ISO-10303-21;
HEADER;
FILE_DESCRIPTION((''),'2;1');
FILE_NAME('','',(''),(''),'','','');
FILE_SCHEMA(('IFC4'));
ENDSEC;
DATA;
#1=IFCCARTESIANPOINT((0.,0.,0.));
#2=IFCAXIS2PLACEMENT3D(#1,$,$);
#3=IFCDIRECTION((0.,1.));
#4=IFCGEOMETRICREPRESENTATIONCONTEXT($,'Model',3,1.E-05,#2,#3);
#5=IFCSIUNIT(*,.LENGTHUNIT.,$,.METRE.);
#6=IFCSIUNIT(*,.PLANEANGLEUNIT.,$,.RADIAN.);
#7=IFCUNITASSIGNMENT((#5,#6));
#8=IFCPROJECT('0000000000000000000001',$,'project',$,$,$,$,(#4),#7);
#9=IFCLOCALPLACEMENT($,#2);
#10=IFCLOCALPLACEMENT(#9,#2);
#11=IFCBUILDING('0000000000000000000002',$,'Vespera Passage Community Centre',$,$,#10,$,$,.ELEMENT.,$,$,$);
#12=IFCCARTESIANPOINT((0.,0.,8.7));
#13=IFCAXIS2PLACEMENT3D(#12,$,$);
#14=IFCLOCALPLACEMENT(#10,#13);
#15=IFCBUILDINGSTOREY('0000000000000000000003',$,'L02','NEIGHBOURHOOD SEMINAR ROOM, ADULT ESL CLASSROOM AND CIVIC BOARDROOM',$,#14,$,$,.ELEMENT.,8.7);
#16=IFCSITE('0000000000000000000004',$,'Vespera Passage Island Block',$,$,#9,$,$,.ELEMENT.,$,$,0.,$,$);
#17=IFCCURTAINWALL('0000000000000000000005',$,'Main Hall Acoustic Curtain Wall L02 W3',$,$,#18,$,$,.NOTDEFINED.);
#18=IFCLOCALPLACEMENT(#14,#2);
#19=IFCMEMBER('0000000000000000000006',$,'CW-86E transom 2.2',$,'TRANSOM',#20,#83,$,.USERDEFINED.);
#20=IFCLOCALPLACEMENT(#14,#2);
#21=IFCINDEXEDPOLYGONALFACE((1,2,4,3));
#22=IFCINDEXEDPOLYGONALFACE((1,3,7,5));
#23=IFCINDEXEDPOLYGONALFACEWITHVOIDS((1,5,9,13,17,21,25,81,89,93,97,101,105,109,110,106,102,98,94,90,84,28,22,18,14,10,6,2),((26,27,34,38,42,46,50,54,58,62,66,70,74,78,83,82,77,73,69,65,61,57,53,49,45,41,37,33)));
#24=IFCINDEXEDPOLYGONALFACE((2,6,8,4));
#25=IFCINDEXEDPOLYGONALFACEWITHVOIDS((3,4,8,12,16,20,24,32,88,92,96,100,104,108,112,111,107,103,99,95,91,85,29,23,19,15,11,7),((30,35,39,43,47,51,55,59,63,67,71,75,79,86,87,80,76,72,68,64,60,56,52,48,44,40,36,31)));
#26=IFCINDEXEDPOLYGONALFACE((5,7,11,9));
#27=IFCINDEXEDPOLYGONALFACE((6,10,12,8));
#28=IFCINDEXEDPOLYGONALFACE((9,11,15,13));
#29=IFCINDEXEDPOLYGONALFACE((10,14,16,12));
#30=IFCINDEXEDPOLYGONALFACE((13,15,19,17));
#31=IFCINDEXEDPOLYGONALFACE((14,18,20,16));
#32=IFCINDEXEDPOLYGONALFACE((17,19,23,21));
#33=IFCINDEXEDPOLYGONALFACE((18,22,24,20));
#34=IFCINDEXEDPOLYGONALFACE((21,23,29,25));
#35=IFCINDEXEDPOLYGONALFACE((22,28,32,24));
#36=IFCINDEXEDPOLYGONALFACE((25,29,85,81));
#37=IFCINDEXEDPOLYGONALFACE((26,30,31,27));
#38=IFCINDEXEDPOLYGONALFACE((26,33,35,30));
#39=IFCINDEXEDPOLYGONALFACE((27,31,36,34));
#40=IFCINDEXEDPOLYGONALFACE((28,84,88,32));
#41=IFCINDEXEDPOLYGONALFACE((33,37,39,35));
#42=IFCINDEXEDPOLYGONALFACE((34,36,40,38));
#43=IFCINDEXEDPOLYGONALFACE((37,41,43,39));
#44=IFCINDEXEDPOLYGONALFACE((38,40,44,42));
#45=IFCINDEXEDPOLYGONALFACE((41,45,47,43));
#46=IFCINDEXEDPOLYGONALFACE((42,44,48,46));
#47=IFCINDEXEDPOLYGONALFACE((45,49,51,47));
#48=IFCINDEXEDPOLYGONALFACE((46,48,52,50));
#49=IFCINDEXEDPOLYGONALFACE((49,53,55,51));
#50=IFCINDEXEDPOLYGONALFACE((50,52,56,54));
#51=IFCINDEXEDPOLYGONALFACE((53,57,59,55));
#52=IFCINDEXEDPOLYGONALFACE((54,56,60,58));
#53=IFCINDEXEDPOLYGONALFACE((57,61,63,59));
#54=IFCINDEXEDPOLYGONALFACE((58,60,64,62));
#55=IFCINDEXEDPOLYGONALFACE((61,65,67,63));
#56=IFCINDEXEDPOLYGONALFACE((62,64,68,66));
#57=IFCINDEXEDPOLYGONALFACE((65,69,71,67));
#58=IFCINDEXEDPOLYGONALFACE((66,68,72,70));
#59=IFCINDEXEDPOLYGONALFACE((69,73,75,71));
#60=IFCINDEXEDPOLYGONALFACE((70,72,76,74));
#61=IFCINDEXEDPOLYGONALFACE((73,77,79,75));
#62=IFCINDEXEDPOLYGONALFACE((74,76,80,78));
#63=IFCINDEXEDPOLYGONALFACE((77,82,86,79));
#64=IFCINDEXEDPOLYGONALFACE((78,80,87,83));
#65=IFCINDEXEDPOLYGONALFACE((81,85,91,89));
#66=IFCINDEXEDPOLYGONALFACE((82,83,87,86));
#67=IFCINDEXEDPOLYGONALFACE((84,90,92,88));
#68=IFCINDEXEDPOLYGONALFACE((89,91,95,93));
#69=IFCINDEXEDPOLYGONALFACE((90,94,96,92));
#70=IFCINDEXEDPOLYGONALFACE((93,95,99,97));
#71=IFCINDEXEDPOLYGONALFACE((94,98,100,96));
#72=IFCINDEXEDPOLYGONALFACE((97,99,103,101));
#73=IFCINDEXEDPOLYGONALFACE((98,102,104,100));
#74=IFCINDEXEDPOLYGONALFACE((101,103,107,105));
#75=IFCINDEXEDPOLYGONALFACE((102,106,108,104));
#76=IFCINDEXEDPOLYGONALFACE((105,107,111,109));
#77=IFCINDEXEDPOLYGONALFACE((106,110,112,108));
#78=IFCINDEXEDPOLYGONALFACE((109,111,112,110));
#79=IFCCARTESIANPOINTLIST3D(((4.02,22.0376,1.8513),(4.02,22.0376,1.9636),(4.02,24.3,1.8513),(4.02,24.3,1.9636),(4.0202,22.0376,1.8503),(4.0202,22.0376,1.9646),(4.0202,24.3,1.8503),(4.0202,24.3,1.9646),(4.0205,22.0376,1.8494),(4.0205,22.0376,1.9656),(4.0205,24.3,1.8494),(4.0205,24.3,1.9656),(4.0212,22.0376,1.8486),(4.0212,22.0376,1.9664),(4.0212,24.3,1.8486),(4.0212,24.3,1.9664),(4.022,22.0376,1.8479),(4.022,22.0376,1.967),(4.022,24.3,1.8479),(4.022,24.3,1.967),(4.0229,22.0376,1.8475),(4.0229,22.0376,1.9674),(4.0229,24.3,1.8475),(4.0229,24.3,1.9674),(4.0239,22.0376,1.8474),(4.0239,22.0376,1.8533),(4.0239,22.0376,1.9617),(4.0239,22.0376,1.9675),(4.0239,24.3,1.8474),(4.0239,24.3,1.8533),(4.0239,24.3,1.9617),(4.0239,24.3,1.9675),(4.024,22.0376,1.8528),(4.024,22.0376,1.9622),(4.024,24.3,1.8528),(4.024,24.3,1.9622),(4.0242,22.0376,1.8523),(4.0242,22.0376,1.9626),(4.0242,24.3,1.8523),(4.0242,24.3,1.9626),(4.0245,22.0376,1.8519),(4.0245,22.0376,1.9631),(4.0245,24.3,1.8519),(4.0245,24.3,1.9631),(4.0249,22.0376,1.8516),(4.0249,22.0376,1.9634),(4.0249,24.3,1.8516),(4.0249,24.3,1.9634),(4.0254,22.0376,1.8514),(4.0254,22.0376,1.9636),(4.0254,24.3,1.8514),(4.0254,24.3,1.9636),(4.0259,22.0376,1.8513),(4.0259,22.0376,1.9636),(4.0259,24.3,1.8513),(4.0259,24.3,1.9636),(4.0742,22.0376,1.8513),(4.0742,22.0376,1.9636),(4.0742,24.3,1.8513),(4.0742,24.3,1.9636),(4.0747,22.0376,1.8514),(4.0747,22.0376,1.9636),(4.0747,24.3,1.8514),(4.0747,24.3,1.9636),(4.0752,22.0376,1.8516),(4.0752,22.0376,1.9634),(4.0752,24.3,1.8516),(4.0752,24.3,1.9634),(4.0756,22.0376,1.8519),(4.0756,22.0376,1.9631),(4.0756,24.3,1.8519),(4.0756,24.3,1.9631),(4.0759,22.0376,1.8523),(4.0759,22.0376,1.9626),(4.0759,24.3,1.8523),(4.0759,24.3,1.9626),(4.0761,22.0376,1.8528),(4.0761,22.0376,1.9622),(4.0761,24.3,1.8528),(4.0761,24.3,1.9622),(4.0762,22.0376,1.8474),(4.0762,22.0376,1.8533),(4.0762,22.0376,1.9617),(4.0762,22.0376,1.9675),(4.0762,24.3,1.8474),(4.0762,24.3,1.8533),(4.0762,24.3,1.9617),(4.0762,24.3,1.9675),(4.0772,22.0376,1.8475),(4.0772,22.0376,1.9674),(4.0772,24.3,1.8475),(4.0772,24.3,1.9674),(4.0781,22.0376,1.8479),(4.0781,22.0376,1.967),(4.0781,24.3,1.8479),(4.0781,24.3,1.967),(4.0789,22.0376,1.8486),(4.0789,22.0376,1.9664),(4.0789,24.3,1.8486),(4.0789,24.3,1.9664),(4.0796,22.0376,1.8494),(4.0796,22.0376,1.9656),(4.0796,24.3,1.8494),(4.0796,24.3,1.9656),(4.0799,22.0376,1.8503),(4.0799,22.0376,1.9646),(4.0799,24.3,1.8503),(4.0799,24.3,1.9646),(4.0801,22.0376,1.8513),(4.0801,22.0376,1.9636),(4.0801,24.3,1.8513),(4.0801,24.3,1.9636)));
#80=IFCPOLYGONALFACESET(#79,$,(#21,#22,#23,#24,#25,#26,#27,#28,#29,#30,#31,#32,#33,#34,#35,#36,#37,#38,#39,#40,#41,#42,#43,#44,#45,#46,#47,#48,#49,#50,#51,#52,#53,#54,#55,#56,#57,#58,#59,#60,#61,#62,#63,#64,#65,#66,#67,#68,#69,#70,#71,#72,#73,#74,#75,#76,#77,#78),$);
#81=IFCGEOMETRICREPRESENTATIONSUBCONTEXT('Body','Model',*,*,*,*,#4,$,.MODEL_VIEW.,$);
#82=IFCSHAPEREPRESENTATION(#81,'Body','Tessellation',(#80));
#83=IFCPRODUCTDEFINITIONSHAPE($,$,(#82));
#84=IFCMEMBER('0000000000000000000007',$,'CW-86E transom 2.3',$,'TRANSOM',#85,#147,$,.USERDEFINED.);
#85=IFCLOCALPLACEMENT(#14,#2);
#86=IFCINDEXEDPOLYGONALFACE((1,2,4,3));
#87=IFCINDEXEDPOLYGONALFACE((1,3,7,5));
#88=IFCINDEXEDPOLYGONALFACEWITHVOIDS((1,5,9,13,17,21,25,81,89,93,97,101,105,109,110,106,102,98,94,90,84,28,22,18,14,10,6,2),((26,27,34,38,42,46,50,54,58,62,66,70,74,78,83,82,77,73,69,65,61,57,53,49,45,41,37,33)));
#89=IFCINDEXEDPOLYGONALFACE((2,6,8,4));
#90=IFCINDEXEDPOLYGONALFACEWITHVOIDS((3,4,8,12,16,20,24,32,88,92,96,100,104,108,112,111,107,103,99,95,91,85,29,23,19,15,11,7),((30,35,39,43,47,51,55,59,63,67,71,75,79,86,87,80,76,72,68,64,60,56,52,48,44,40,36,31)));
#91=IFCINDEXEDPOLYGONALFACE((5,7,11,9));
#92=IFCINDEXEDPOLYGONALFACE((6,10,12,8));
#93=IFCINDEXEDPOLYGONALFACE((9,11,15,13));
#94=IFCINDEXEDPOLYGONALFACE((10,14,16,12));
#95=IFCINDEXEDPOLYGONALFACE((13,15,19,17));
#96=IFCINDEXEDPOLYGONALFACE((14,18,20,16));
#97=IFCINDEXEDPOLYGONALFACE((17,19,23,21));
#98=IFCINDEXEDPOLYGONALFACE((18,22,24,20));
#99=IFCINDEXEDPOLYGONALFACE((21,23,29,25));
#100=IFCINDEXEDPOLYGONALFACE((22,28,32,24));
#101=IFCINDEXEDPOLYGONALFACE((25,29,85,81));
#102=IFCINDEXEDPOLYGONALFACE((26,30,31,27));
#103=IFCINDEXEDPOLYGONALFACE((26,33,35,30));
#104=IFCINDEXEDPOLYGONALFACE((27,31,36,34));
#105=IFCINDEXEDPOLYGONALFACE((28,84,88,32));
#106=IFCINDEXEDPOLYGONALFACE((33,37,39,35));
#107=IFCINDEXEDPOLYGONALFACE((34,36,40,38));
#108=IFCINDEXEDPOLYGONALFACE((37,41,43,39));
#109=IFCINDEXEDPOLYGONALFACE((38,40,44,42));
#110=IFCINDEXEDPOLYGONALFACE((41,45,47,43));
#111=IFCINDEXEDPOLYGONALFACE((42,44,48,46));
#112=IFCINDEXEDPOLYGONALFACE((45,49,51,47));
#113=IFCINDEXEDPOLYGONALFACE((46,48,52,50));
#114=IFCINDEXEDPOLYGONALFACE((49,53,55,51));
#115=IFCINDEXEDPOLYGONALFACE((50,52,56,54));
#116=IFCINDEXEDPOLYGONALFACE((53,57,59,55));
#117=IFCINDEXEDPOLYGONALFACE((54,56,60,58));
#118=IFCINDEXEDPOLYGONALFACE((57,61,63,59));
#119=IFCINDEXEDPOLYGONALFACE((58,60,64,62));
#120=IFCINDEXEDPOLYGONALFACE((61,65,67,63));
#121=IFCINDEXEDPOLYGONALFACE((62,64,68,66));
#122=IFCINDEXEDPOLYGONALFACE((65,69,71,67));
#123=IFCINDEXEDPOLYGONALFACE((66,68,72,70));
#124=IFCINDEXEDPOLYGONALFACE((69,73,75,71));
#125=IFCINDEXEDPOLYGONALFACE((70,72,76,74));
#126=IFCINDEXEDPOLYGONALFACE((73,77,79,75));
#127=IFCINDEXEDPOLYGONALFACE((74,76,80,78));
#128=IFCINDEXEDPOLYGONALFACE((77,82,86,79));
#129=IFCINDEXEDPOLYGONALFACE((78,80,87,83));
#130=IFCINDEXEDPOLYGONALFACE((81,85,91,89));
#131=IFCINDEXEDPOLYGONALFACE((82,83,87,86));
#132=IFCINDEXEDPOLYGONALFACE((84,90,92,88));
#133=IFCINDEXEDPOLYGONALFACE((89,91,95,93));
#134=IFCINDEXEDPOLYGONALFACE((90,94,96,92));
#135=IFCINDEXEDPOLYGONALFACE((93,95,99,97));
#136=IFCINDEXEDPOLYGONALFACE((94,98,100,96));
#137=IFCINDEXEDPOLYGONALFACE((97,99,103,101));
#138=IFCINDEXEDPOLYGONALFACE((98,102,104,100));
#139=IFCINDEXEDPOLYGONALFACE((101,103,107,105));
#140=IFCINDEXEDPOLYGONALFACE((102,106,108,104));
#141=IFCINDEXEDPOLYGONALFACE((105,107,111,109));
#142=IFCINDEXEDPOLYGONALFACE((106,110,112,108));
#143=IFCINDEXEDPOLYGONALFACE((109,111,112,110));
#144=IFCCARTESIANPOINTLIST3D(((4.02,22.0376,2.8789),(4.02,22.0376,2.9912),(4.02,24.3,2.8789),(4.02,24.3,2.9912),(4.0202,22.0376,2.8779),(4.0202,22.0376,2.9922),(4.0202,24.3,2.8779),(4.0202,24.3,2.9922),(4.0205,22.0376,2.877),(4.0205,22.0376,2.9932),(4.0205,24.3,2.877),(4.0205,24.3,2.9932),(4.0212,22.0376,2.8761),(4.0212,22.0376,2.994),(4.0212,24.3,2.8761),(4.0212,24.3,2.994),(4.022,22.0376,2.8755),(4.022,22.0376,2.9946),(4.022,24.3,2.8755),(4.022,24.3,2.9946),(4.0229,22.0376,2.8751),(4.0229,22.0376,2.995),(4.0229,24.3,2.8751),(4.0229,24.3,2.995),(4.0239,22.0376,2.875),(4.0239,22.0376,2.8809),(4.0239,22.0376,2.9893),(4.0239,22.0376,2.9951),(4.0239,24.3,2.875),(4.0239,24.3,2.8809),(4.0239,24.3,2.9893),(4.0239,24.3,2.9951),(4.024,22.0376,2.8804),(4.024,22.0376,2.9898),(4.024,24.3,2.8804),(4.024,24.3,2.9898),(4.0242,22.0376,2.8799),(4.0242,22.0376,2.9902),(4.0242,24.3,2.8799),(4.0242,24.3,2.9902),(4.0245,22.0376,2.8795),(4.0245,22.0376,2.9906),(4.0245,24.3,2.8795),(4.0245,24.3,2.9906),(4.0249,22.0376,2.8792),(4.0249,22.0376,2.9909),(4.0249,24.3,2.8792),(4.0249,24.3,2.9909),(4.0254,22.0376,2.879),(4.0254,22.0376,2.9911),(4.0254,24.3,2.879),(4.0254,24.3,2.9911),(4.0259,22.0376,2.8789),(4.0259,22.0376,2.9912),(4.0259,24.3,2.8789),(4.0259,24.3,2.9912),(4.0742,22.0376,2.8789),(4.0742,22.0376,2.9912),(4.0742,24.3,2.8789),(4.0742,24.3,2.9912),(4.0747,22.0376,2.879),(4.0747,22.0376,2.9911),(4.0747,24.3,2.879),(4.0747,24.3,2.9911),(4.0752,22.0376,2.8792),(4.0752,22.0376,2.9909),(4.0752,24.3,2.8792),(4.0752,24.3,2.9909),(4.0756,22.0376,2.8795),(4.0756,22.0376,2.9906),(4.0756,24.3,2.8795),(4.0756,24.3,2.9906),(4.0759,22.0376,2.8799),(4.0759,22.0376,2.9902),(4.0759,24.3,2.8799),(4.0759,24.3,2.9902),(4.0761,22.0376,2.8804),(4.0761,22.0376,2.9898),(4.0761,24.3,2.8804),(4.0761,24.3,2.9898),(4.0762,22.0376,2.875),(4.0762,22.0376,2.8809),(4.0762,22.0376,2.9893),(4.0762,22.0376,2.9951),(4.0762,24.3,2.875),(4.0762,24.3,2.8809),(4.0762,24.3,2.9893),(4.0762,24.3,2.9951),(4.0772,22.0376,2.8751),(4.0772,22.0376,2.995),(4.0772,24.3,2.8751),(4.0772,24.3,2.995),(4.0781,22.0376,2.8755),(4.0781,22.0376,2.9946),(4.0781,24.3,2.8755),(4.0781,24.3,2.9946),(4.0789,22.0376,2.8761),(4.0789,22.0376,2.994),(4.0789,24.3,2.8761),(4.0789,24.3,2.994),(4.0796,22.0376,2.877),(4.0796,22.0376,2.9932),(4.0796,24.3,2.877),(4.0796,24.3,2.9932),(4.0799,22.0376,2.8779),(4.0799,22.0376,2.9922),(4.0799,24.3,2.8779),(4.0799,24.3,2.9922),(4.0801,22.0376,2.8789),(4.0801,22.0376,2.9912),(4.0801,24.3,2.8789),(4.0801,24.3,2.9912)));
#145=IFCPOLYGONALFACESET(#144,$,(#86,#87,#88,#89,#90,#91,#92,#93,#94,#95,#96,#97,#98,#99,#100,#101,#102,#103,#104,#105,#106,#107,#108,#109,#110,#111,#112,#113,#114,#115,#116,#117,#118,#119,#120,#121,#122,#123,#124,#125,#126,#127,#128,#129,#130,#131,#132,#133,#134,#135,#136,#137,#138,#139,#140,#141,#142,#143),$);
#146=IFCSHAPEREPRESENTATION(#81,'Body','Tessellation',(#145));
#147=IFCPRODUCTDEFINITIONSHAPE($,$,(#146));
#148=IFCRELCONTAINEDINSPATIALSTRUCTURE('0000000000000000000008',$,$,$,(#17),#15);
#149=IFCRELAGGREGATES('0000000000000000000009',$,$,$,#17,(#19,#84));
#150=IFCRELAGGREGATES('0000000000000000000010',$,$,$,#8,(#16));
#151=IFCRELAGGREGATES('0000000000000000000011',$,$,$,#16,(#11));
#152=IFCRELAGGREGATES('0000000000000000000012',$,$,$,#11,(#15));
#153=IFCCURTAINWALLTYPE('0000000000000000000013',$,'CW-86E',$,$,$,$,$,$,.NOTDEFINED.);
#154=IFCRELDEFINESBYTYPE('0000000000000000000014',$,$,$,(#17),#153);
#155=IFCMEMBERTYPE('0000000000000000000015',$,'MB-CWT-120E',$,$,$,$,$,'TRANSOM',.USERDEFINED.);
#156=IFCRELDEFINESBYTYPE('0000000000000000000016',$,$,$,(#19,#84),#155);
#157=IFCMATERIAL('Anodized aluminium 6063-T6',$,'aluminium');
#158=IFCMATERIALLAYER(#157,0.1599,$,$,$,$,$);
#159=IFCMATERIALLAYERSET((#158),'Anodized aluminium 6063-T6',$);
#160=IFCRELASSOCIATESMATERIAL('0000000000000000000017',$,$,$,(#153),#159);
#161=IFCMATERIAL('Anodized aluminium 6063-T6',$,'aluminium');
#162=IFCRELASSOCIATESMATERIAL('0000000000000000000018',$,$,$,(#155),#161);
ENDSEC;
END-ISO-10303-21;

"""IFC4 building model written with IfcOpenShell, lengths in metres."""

from ifc_helpers import new_model, si_unit, direction, frame, origin, origin_2d, place, context, subcontext, project, spatial, hollow_rectangle, extrude, material, layer, layer_set, material_profile, profile_set, type_object, element, aggregate, save


model = new_model("IFC4")

# Units and contexts
model_context = context("Model", 3, precision=1e-05, world=origin(), true_north=direction((0.0, 1.0)))
body_context = subcontext(model_context, "Body", "Model", "MODEL_VIEW")
ifc_project = project(units=[si_unit("LENGTHUNIT", "METRE"), si_unit("PLANEANGLEUNIT", "RADIAN")], contexts=[model_context])

# Site, building, storey
site_placement = place(None, origin())
site = spatial("IfcSite", under=ifc_project, at=site_placement, Name="Vespera Passage Island Block", CompositionType="ELEMENT", RefElevation=0.0)
building_placement = place(site_placement, origin())
building = spatial("IfcBuilding", under=site, at=building_placement, Name="Vespera Passage Community Centre", CompositionType="ELEMENT")
storey_placement = place(building_placement, frame((0.0, 0.0, 8.7)))
storey = spatial("IfcBuildingStorey", under=building, at=storey_placement, Name="L02", Description="NEIGHBOURHOOD SEMINAR ROOM, ADULT ESL CLASSROOM AND CIVIC BOARDROOM", CompositionType="ELEMENT", Elevation=8.7)

# Shared definitions
ifc_material_1 = material(Name="Anodized aluminium 6063-T6", Category="aluminium")
ifc_layer_1 = layer(ifc_material_1, 0.1599)
ifc_layer_set_1 = layer_set([ifc_layer_1], Name="Anodized aluminium 6063-T6")
curtain_wall_type = type_object("IfcCurtainWallType", Name="CW-86E", PredefinedType="NOTDEFINED", material=ifc_layer_set_1)

# Curtain wall
curtain_wall_1_placement = place(storey_placement, origin())
curtain_wall_1 = element("IfcCurtainWall", 1, at=curtain_wall_1_placement, inside=storey, type_object=curtain_wall_type, Name="Main Hall Acoustic Curtain Wall L02 W3", PredefinedType="NOTDEFINED")

# Members
ifc_material_2 = material(Name="Anodized aluminium 6063-T6", Category="aluminium")
ifc_material_profile_1 = material_profile(ifc_material_2, hollow_rectangle(XDim=0.0601, YDim=0.1201, WallThickness=0.0039, InnerFilletRadius=0.002, OuterFilletRadius=0.0039, at=origin_2d()), Name="ALU120X60X4")
ifc_profile_set_1 = profile_set([ifc_material_profile_1], Name="Anodized aluminium 6063-T6")
member_type_1 = type_object("IfcMemberType", Name="MB-CWT-120E", ElementType="TRANSOM", PredefinedType="USERDEFINED", material=ifc_profile_set_1)
member_1_placement = place(storey_placement, frame((4.05, 22.0376, 1.9075), z_axis=(0.0, 1.0, 0.0), x_axis=(-1.0, 0.0, 0.0)))
member_1 = element("IfcMember", 2, at=member_1_placement, type_object=member_type_1, Name="CW-86E transom 2.2", ObjectType="TRANSOM", PredefinedType="USERDEFINED", context=body_context, shape_type="SweptSolid", body=[
    extrude(hollow_rectangle(XDim=0.0601, YDim=0.1201, WallThickness=0.0039, InnerFilletRadius=0.002, OuterFilletRadius=0.0039, at=origin_2d()), origin(), (0.0, 0.0, 1.0), 2.2625),
])
member_2_placement = place(storey_placement, frame((4.05, 22.0376, 2.9351), z_axis=(0.0, 1.0, 0.0), x_axis=(-1.0, 0.0, 0.0)))
member_2 = element("IfcMember", 3, at=member_2_placement, type_object=member_type_1, Name="CW-86E transom 2.3", ObjectType="TRANSOM", PredefinedType="USERDEFINED", context=body_context, shape_type="SweptSolid", body=[
    extrude(hollow_rectangle(XDim=0.0601, YDim=0.1201, WallThickness=0.0039, InnerFilletRadius=0.002, OuterFilletRadius=0.0039, at=origin_2d()), origin(), (0.0, 0.0, 1.0), 2.2625),
])

aggregate(curtain_wall_1, [member_1, member_2])

save(model, "model.ifc")
